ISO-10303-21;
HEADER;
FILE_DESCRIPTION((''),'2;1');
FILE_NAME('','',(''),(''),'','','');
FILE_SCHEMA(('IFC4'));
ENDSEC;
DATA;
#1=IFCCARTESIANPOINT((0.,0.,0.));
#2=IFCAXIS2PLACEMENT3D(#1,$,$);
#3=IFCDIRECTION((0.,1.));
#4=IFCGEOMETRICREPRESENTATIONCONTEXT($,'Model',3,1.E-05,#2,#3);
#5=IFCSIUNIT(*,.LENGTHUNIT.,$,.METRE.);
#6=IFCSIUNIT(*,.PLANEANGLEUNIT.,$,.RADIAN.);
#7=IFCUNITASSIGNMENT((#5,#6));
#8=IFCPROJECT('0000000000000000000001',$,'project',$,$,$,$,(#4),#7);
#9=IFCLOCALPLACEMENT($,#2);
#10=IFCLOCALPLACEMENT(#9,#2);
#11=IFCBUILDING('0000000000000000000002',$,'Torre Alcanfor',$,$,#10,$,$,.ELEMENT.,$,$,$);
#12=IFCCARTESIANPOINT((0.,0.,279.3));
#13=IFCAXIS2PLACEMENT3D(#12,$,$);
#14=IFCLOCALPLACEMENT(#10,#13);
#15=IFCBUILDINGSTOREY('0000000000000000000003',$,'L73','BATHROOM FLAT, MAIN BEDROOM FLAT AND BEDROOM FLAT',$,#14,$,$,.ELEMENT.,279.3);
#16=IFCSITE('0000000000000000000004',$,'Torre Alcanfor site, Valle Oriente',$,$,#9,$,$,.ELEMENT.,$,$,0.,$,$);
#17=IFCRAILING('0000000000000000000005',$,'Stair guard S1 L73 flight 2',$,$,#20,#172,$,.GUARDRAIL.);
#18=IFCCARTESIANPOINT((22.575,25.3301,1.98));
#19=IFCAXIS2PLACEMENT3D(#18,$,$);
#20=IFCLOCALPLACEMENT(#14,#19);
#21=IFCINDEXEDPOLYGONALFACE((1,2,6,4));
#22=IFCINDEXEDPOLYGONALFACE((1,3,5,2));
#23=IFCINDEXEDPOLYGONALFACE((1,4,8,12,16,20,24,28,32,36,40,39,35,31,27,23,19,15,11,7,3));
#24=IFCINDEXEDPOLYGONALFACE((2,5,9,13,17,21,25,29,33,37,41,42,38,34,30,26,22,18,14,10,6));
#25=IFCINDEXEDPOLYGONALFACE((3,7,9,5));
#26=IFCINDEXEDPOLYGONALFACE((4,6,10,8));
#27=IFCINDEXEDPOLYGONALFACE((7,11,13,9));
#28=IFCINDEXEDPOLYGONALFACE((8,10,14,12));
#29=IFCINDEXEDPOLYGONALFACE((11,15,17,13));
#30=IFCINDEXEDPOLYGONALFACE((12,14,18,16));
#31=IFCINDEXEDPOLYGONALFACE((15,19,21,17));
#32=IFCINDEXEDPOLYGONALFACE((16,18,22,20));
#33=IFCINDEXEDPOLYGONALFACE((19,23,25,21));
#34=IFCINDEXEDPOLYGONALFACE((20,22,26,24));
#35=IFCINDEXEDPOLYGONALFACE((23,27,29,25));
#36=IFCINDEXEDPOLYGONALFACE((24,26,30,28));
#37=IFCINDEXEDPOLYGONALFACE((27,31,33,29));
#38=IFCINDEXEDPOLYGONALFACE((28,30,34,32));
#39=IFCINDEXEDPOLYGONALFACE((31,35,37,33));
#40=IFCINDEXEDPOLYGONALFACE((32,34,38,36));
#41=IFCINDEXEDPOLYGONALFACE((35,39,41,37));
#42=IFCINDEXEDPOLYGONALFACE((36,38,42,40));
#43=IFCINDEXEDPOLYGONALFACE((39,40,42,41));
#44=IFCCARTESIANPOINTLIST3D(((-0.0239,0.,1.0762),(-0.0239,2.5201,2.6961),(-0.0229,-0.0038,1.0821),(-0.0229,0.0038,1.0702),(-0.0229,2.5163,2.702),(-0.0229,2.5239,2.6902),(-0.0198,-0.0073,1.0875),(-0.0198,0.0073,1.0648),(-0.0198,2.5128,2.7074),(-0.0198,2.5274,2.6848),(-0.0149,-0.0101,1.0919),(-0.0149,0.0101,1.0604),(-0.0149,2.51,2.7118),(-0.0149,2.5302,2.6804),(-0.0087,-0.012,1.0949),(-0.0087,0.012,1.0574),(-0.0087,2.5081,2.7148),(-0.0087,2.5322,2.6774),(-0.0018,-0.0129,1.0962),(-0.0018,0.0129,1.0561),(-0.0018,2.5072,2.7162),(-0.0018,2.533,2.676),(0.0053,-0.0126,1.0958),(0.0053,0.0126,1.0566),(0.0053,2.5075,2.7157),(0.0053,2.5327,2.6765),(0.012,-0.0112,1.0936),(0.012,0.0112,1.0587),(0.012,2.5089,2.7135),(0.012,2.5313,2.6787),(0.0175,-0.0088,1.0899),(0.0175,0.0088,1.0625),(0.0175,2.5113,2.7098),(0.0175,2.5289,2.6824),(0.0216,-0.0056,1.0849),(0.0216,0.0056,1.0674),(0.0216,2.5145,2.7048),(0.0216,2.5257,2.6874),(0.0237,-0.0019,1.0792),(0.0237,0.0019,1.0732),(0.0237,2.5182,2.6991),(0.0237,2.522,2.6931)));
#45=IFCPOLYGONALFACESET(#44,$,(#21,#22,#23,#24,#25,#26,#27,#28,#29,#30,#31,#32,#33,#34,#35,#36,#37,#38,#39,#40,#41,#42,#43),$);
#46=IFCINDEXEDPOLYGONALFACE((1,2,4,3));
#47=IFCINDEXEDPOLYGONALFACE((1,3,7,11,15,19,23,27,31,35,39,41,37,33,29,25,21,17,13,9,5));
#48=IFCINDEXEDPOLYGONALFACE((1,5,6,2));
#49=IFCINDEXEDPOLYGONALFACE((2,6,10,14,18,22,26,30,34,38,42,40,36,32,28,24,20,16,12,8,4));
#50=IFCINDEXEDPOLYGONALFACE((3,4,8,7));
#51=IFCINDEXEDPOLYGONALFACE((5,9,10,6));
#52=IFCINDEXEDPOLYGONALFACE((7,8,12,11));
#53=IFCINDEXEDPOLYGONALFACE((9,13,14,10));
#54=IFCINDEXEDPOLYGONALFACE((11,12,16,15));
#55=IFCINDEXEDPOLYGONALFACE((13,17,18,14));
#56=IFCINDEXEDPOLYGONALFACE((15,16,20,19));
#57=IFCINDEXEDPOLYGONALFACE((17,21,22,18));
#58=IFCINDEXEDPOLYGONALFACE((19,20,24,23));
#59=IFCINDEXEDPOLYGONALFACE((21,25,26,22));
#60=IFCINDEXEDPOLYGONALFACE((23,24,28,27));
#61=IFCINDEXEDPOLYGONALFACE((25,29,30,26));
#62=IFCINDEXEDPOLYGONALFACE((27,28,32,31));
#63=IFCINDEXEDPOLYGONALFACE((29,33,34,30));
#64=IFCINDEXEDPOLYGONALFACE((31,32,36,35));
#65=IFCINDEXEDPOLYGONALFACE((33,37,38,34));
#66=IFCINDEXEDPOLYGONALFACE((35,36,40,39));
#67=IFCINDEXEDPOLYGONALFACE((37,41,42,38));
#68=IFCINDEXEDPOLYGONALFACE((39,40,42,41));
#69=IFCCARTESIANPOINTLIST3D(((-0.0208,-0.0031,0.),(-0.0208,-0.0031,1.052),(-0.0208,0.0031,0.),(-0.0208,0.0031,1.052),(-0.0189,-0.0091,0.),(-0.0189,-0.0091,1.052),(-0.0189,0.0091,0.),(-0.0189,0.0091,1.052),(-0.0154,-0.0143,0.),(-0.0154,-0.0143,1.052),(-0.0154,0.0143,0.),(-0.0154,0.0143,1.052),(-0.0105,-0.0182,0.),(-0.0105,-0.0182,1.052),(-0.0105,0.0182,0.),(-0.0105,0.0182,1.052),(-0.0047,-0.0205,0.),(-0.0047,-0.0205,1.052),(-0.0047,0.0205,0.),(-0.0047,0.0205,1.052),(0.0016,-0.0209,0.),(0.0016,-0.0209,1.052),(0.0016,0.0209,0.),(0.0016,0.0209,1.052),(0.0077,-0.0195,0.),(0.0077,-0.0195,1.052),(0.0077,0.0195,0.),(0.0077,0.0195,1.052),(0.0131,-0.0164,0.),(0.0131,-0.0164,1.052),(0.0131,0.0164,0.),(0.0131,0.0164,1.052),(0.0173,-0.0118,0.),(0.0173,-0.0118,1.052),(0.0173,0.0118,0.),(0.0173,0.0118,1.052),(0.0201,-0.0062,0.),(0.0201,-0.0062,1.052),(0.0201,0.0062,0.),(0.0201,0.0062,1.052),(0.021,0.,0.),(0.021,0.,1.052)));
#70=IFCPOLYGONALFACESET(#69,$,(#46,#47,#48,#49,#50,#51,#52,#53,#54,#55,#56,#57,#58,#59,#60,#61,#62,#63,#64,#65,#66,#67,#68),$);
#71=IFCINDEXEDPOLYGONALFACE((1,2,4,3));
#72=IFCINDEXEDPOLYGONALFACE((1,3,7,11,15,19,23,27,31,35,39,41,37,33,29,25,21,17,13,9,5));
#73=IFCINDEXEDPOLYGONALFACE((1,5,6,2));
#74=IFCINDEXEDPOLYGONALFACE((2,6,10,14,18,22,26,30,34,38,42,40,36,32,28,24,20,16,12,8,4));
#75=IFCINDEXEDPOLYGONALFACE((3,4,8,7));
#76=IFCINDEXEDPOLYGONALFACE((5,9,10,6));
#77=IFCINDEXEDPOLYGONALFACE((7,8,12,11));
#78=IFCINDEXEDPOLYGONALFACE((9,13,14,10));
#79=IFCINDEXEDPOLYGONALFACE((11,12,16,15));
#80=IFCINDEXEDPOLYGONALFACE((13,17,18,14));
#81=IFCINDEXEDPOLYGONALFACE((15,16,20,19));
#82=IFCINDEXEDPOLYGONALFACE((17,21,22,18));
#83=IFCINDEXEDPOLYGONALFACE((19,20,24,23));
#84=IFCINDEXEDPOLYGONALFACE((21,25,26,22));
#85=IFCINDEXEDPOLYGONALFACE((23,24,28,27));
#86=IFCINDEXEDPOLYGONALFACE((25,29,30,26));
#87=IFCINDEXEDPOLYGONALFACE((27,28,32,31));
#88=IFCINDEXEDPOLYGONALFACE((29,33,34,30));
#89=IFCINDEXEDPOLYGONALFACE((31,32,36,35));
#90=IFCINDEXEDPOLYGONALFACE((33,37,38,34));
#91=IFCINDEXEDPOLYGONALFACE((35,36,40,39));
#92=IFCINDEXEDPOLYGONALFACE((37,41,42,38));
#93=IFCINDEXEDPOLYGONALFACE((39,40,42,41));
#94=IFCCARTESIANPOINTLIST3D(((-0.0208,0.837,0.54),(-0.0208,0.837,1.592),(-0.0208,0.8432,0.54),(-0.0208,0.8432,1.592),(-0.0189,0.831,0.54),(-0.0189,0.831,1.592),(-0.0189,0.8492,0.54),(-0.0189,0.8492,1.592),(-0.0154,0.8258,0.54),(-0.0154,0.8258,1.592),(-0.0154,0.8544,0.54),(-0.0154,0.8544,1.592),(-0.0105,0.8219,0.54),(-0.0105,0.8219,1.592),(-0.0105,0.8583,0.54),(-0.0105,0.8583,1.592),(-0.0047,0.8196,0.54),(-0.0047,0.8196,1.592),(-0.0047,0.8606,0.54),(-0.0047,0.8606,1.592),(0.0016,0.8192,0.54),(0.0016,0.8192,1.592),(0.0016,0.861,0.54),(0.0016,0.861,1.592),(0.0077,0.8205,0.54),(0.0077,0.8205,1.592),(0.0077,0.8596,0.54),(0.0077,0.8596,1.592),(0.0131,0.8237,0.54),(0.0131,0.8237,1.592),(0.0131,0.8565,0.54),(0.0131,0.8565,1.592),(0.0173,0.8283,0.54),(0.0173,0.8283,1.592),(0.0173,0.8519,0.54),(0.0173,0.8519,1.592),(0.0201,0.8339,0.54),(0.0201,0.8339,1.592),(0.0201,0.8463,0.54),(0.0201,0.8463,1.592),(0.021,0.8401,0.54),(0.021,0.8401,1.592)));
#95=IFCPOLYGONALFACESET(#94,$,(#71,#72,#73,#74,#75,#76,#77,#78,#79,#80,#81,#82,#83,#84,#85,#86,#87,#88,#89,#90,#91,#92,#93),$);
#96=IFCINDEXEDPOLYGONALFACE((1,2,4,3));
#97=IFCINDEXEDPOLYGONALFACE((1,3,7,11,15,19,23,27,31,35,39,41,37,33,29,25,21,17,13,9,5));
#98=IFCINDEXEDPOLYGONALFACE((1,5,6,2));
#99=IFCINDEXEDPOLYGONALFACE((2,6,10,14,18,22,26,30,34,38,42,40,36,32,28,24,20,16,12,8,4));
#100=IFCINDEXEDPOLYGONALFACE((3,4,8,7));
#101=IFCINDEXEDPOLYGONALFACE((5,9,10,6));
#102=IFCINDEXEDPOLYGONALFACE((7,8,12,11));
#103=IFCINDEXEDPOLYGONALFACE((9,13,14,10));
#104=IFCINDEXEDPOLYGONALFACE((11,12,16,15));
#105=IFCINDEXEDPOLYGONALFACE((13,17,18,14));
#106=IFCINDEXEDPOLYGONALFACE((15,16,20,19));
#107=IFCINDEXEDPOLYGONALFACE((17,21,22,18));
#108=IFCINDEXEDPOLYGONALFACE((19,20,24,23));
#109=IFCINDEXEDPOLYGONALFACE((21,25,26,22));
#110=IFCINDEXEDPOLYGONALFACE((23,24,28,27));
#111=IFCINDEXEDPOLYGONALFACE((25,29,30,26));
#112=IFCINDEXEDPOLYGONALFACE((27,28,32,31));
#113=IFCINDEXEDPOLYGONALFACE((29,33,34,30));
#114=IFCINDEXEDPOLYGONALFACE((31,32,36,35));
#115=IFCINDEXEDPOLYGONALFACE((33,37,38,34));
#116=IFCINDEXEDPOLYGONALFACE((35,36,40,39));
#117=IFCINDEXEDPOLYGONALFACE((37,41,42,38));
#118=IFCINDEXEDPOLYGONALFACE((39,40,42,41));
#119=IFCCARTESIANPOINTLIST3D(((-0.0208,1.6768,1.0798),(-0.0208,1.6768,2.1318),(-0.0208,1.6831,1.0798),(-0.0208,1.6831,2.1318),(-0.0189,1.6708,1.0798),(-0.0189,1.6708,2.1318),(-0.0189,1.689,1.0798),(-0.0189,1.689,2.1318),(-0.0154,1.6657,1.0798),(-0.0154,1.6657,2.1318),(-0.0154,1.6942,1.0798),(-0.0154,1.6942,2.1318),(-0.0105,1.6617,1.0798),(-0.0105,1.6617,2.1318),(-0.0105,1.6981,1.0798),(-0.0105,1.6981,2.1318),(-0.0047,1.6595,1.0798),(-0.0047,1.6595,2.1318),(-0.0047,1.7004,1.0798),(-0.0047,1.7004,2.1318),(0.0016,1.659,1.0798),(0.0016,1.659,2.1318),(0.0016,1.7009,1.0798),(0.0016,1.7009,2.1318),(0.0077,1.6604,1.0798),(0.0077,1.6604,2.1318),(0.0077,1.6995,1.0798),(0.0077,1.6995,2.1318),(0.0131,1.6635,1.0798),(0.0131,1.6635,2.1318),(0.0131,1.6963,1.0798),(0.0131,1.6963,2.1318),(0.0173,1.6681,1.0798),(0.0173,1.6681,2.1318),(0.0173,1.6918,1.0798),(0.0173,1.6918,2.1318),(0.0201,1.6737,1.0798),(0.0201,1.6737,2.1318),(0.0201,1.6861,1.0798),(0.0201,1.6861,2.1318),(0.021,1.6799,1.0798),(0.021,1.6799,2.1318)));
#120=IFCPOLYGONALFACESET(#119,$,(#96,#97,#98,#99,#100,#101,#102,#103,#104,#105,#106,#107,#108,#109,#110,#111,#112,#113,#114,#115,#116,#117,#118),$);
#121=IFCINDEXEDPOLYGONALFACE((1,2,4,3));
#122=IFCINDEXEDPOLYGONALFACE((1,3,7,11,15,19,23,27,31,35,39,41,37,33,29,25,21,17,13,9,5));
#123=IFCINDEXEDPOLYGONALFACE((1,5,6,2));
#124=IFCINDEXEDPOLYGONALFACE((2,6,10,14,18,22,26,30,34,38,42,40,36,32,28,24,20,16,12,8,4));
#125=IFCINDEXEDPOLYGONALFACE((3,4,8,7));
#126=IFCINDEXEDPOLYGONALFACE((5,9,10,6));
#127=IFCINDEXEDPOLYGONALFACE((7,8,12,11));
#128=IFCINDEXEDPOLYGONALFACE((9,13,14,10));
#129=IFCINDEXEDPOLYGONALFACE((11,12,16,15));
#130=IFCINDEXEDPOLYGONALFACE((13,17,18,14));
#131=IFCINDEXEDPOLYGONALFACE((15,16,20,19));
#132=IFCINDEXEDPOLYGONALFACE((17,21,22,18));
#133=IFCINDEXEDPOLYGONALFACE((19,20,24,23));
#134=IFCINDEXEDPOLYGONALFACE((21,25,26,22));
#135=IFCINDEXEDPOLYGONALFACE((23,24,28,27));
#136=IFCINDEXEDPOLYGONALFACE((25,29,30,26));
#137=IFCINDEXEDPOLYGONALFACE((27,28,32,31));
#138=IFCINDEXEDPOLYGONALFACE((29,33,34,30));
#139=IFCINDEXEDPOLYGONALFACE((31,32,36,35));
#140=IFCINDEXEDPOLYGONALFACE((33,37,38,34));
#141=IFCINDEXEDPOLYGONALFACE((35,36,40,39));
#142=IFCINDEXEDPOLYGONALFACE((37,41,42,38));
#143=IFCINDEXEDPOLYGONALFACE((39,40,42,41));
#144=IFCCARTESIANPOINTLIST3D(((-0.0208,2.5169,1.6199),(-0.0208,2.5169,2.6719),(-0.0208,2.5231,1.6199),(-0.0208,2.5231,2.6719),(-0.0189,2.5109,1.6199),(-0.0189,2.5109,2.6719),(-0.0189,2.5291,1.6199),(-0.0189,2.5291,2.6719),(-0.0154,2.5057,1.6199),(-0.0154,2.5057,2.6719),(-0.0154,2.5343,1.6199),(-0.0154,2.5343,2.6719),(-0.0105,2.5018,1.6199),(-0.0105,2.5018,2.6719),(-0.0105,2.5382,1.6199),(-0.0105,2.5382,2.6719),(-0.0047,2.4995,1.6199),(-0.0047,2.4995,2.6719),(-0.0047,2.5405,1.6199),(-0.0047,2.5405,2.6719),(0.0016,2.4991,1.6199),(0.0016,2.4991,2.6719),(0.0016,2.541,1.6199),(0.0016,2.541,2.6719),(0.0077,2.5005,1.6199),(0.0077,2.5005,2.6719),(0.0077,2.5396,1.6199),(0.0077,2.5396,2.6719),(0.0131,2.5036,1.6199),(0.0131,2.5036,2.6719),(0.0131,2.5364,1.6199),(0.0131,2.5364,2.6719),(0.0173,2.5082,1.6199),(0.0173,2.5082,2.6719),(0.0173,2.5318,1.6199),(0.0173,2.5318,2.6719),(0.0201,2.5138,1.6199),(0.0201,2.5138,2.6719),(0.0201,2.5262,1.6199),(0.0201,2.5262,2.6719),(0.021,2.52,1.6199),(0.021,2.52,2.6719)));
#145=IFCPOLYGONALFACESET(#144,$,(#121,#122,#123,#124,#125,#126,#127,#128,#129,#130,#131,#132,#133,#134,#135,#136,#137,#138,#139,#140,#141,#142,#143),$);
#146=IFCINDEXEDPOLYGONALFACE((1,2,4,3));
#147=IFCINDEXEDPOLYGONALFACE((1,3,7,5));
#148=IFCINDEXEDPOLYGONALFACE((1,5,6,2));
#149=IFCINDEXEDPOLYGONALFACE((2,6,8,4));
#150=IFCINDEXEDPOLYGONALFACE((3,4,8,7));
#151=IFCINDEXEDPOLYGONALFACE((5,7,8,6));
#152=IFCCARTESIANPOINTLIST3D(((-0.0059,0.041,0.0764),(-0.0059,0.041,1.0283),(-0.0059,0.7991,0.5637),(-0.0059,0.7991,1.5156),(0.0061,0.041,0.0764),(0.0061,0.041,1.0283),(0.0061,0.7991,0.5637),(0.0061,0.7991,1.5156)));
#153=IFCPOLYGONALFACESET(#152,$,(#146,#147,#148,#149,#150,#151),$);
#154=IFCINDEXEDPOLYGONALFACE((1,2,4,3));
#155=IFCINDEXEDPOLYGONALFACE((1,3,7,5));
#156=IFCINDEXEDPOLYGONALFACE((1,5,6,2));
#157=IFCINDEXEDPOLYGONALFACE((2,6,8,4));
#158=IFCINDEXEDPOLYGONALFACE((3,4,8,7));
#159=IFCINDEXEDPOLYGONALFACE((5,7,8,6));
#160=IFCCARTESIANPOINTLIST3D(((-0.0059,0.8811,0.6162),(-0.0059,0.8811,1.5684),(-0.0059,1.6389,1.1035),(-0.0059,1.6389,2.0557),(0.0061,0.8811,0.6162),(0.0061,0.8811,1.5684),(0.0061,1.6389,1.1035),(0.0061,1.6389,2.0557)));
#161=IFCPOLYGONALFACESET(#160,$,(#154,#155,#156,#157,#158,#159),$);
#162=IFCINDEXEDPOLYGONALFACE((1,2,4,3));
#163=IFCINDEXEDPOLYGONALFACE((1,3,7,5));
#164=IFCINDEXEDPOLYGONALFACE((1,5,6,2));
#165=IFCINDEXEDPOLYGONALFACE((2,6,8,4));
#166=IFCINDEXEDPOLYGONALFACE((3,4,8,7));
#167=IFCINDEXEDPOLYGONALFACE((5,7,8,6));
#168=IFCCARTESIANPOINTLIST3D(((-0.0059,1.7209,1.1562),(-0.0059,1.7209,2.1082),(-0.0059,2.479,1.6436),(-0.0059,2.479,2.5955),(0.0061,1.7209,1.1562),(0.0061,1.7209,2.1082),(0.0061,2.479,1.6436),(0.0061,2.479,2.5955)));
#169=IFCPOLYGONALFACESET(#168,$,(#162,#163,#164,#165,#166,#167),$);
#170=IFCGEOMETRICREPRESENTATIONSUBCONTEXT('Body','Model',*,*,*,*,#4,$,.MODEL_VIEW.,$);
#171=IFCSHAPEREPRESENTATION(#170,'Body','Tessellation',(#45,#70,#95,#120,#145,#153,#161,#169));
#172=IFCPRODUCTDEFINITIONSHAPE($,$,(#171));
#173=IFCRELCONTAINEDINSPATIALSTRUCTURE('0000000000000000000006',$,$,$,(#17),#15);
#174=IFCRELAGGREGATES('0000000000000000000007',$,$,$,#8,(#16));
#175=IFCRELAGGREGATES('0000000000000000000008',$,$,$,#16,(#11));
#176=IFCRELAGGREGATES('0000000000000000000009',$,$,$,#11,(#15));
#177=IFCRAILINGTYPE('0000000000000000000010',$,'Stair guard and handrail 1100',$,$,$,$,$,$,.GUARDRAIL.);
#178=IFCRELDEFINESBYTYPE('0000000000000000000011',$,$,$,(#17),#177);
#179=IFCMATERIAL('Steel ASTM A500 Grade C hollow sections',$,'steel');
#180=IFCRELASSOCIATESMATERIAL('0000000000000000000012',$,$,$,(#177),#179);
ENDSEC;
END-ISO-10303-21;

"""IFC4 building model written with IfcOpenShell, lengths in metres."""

from ifc_helpers import new_model, si_unit, direction, frame, origin, origin_2d, place, context, subcontext, project, spatial, polyline, circle, outline, extrude, material, type_object, element, save


model = new_model("IFC4")

# Units and contexts
model_context = context("Model", 3, precision=1e-05, world=origin(), true_north=direction((0.0, 1.0)))
body_context = subcontext(model_context, "Body", "Model", "MODEL_VIEW")
ifc_project = project(units=[si_unit("LENGTHUNIT", "METRE"), si_unit("PLANEANGLEUNIT", "RADIAN")], contexts=[model_context])

# Site, building, storey
site_placement = place(None, origin())
site = spatial("IfcSite", under=ifc_project, at=site_placement, Name="Torre Alcanfor site, Valle Oriente", CompositionType="ELEMENT", RefElevation=0.0)
building_placement = place(site_placement, origin())
building = spatial("IfcBuilding", under=site, at=building_placement, Name="Torre Alcanfor", CompositionType="ELEMENT")
storey_placement = place(building_placement, frame((0.0, 0.0, 279.3)))
storey = spatial("IfcBuildingStorey", under=building, at=storey_placement, Name="L73", Description="BATHROOM FLAT, MAIN BEDROOM FLAT AND BEDROOM FLAT", CompositionType="ELEMENT", Elevation=279.3)

# Railing
ifc_material_1 = material(Name="Steel ASTM A500 Grade C hollow sections", Category="steel")
railing_type_1 = type_object("IfcRailingType", Name="Stair guard and handrail 1100", PredefinedType="GUARDRAIL", material=ifc_material_1)
railing_1_placement = place(storey_placement, frame((22.575, 25.3301, 1.98)))
element("IfcRailing", 1, at=railing_1_placement, inside=storey, type_object=railing_type_1, Name="Stair guard S1 L73 flight 2", PredefinedType="GUARDRAIL", context=body_context, shape_type="SweptSolid", body=[
    extrude(circle(Radius=0.0239, at=origin_2d()), frame((0.0, 0.0, 1.0762), z_axis=(0.0, 0.8412, 0.540725), x_axis=(-1.0, 0.0, 0.0)), (0.0, 0.0, 1.0), 2.9958),
    extrude(circle(Radius=0.021, at=origin_2d()), origin(), (0.0, 0.0, 1.0), 1.052),
    extrude(circle(Radius=0.021, at=origin_2d()), frame((0.0, 0.8401, 0.54)), (0.0, 0.0, 1.0), 1.052),
    extrude(circle(Radius=0.021, at=origin_2d()), frame((0.0, 1.6799, 1.0798)), (0.0, 0.0, 1.0), 1.052),
    extrude(circle(Radius=0.021, at=origin_2d()), frame((0.0, 2.52, 1.6199)), (0.0, 0.0, 1.0), 1.052),
    extrude(outline(polyline([(0.041, 0.0764), (0.7991, 0.5637), (0.7991, 1.5156), (0.041, 1.0283), (0.041, 0.0764)])), frame((-0.0059, 0.0, 0.0), z_axis=(1.0, 0.0, 0.0), x_axis=(0.0, 1.0, 0.0)), (0.0, 0.0, 1.0), 0.012),
    extrude(outline(polyline([(0.8811, 0.6162), (1.6389, 1.1035), (1.6389, 2.0557), (0.8811, 1.5684), (0.8811, 0.6162)])), frame((-0.0059, 0.0, 0.0), z_axis=(1.0, 0.0, 0.0), x_axis=(0.0, 1.0, 0.0)), (0.0, 0.0, 1.0), 0.012),
    extrude(outline(polyline([(1.7209, 1.1562), (2.479, 1.6436), (2.479, 2.5955), (1.7209, 2.1082), (1.7209, 1.1562)])), frame((-0.0059, 0.0, 0.0), z_axis=(1.0, 0.0, 0.0), x_axis=(0.0, 1.0, 0.0)), (0.0, 0.0, 1.0), 0.012),
])

save(model, "model.ifc")
